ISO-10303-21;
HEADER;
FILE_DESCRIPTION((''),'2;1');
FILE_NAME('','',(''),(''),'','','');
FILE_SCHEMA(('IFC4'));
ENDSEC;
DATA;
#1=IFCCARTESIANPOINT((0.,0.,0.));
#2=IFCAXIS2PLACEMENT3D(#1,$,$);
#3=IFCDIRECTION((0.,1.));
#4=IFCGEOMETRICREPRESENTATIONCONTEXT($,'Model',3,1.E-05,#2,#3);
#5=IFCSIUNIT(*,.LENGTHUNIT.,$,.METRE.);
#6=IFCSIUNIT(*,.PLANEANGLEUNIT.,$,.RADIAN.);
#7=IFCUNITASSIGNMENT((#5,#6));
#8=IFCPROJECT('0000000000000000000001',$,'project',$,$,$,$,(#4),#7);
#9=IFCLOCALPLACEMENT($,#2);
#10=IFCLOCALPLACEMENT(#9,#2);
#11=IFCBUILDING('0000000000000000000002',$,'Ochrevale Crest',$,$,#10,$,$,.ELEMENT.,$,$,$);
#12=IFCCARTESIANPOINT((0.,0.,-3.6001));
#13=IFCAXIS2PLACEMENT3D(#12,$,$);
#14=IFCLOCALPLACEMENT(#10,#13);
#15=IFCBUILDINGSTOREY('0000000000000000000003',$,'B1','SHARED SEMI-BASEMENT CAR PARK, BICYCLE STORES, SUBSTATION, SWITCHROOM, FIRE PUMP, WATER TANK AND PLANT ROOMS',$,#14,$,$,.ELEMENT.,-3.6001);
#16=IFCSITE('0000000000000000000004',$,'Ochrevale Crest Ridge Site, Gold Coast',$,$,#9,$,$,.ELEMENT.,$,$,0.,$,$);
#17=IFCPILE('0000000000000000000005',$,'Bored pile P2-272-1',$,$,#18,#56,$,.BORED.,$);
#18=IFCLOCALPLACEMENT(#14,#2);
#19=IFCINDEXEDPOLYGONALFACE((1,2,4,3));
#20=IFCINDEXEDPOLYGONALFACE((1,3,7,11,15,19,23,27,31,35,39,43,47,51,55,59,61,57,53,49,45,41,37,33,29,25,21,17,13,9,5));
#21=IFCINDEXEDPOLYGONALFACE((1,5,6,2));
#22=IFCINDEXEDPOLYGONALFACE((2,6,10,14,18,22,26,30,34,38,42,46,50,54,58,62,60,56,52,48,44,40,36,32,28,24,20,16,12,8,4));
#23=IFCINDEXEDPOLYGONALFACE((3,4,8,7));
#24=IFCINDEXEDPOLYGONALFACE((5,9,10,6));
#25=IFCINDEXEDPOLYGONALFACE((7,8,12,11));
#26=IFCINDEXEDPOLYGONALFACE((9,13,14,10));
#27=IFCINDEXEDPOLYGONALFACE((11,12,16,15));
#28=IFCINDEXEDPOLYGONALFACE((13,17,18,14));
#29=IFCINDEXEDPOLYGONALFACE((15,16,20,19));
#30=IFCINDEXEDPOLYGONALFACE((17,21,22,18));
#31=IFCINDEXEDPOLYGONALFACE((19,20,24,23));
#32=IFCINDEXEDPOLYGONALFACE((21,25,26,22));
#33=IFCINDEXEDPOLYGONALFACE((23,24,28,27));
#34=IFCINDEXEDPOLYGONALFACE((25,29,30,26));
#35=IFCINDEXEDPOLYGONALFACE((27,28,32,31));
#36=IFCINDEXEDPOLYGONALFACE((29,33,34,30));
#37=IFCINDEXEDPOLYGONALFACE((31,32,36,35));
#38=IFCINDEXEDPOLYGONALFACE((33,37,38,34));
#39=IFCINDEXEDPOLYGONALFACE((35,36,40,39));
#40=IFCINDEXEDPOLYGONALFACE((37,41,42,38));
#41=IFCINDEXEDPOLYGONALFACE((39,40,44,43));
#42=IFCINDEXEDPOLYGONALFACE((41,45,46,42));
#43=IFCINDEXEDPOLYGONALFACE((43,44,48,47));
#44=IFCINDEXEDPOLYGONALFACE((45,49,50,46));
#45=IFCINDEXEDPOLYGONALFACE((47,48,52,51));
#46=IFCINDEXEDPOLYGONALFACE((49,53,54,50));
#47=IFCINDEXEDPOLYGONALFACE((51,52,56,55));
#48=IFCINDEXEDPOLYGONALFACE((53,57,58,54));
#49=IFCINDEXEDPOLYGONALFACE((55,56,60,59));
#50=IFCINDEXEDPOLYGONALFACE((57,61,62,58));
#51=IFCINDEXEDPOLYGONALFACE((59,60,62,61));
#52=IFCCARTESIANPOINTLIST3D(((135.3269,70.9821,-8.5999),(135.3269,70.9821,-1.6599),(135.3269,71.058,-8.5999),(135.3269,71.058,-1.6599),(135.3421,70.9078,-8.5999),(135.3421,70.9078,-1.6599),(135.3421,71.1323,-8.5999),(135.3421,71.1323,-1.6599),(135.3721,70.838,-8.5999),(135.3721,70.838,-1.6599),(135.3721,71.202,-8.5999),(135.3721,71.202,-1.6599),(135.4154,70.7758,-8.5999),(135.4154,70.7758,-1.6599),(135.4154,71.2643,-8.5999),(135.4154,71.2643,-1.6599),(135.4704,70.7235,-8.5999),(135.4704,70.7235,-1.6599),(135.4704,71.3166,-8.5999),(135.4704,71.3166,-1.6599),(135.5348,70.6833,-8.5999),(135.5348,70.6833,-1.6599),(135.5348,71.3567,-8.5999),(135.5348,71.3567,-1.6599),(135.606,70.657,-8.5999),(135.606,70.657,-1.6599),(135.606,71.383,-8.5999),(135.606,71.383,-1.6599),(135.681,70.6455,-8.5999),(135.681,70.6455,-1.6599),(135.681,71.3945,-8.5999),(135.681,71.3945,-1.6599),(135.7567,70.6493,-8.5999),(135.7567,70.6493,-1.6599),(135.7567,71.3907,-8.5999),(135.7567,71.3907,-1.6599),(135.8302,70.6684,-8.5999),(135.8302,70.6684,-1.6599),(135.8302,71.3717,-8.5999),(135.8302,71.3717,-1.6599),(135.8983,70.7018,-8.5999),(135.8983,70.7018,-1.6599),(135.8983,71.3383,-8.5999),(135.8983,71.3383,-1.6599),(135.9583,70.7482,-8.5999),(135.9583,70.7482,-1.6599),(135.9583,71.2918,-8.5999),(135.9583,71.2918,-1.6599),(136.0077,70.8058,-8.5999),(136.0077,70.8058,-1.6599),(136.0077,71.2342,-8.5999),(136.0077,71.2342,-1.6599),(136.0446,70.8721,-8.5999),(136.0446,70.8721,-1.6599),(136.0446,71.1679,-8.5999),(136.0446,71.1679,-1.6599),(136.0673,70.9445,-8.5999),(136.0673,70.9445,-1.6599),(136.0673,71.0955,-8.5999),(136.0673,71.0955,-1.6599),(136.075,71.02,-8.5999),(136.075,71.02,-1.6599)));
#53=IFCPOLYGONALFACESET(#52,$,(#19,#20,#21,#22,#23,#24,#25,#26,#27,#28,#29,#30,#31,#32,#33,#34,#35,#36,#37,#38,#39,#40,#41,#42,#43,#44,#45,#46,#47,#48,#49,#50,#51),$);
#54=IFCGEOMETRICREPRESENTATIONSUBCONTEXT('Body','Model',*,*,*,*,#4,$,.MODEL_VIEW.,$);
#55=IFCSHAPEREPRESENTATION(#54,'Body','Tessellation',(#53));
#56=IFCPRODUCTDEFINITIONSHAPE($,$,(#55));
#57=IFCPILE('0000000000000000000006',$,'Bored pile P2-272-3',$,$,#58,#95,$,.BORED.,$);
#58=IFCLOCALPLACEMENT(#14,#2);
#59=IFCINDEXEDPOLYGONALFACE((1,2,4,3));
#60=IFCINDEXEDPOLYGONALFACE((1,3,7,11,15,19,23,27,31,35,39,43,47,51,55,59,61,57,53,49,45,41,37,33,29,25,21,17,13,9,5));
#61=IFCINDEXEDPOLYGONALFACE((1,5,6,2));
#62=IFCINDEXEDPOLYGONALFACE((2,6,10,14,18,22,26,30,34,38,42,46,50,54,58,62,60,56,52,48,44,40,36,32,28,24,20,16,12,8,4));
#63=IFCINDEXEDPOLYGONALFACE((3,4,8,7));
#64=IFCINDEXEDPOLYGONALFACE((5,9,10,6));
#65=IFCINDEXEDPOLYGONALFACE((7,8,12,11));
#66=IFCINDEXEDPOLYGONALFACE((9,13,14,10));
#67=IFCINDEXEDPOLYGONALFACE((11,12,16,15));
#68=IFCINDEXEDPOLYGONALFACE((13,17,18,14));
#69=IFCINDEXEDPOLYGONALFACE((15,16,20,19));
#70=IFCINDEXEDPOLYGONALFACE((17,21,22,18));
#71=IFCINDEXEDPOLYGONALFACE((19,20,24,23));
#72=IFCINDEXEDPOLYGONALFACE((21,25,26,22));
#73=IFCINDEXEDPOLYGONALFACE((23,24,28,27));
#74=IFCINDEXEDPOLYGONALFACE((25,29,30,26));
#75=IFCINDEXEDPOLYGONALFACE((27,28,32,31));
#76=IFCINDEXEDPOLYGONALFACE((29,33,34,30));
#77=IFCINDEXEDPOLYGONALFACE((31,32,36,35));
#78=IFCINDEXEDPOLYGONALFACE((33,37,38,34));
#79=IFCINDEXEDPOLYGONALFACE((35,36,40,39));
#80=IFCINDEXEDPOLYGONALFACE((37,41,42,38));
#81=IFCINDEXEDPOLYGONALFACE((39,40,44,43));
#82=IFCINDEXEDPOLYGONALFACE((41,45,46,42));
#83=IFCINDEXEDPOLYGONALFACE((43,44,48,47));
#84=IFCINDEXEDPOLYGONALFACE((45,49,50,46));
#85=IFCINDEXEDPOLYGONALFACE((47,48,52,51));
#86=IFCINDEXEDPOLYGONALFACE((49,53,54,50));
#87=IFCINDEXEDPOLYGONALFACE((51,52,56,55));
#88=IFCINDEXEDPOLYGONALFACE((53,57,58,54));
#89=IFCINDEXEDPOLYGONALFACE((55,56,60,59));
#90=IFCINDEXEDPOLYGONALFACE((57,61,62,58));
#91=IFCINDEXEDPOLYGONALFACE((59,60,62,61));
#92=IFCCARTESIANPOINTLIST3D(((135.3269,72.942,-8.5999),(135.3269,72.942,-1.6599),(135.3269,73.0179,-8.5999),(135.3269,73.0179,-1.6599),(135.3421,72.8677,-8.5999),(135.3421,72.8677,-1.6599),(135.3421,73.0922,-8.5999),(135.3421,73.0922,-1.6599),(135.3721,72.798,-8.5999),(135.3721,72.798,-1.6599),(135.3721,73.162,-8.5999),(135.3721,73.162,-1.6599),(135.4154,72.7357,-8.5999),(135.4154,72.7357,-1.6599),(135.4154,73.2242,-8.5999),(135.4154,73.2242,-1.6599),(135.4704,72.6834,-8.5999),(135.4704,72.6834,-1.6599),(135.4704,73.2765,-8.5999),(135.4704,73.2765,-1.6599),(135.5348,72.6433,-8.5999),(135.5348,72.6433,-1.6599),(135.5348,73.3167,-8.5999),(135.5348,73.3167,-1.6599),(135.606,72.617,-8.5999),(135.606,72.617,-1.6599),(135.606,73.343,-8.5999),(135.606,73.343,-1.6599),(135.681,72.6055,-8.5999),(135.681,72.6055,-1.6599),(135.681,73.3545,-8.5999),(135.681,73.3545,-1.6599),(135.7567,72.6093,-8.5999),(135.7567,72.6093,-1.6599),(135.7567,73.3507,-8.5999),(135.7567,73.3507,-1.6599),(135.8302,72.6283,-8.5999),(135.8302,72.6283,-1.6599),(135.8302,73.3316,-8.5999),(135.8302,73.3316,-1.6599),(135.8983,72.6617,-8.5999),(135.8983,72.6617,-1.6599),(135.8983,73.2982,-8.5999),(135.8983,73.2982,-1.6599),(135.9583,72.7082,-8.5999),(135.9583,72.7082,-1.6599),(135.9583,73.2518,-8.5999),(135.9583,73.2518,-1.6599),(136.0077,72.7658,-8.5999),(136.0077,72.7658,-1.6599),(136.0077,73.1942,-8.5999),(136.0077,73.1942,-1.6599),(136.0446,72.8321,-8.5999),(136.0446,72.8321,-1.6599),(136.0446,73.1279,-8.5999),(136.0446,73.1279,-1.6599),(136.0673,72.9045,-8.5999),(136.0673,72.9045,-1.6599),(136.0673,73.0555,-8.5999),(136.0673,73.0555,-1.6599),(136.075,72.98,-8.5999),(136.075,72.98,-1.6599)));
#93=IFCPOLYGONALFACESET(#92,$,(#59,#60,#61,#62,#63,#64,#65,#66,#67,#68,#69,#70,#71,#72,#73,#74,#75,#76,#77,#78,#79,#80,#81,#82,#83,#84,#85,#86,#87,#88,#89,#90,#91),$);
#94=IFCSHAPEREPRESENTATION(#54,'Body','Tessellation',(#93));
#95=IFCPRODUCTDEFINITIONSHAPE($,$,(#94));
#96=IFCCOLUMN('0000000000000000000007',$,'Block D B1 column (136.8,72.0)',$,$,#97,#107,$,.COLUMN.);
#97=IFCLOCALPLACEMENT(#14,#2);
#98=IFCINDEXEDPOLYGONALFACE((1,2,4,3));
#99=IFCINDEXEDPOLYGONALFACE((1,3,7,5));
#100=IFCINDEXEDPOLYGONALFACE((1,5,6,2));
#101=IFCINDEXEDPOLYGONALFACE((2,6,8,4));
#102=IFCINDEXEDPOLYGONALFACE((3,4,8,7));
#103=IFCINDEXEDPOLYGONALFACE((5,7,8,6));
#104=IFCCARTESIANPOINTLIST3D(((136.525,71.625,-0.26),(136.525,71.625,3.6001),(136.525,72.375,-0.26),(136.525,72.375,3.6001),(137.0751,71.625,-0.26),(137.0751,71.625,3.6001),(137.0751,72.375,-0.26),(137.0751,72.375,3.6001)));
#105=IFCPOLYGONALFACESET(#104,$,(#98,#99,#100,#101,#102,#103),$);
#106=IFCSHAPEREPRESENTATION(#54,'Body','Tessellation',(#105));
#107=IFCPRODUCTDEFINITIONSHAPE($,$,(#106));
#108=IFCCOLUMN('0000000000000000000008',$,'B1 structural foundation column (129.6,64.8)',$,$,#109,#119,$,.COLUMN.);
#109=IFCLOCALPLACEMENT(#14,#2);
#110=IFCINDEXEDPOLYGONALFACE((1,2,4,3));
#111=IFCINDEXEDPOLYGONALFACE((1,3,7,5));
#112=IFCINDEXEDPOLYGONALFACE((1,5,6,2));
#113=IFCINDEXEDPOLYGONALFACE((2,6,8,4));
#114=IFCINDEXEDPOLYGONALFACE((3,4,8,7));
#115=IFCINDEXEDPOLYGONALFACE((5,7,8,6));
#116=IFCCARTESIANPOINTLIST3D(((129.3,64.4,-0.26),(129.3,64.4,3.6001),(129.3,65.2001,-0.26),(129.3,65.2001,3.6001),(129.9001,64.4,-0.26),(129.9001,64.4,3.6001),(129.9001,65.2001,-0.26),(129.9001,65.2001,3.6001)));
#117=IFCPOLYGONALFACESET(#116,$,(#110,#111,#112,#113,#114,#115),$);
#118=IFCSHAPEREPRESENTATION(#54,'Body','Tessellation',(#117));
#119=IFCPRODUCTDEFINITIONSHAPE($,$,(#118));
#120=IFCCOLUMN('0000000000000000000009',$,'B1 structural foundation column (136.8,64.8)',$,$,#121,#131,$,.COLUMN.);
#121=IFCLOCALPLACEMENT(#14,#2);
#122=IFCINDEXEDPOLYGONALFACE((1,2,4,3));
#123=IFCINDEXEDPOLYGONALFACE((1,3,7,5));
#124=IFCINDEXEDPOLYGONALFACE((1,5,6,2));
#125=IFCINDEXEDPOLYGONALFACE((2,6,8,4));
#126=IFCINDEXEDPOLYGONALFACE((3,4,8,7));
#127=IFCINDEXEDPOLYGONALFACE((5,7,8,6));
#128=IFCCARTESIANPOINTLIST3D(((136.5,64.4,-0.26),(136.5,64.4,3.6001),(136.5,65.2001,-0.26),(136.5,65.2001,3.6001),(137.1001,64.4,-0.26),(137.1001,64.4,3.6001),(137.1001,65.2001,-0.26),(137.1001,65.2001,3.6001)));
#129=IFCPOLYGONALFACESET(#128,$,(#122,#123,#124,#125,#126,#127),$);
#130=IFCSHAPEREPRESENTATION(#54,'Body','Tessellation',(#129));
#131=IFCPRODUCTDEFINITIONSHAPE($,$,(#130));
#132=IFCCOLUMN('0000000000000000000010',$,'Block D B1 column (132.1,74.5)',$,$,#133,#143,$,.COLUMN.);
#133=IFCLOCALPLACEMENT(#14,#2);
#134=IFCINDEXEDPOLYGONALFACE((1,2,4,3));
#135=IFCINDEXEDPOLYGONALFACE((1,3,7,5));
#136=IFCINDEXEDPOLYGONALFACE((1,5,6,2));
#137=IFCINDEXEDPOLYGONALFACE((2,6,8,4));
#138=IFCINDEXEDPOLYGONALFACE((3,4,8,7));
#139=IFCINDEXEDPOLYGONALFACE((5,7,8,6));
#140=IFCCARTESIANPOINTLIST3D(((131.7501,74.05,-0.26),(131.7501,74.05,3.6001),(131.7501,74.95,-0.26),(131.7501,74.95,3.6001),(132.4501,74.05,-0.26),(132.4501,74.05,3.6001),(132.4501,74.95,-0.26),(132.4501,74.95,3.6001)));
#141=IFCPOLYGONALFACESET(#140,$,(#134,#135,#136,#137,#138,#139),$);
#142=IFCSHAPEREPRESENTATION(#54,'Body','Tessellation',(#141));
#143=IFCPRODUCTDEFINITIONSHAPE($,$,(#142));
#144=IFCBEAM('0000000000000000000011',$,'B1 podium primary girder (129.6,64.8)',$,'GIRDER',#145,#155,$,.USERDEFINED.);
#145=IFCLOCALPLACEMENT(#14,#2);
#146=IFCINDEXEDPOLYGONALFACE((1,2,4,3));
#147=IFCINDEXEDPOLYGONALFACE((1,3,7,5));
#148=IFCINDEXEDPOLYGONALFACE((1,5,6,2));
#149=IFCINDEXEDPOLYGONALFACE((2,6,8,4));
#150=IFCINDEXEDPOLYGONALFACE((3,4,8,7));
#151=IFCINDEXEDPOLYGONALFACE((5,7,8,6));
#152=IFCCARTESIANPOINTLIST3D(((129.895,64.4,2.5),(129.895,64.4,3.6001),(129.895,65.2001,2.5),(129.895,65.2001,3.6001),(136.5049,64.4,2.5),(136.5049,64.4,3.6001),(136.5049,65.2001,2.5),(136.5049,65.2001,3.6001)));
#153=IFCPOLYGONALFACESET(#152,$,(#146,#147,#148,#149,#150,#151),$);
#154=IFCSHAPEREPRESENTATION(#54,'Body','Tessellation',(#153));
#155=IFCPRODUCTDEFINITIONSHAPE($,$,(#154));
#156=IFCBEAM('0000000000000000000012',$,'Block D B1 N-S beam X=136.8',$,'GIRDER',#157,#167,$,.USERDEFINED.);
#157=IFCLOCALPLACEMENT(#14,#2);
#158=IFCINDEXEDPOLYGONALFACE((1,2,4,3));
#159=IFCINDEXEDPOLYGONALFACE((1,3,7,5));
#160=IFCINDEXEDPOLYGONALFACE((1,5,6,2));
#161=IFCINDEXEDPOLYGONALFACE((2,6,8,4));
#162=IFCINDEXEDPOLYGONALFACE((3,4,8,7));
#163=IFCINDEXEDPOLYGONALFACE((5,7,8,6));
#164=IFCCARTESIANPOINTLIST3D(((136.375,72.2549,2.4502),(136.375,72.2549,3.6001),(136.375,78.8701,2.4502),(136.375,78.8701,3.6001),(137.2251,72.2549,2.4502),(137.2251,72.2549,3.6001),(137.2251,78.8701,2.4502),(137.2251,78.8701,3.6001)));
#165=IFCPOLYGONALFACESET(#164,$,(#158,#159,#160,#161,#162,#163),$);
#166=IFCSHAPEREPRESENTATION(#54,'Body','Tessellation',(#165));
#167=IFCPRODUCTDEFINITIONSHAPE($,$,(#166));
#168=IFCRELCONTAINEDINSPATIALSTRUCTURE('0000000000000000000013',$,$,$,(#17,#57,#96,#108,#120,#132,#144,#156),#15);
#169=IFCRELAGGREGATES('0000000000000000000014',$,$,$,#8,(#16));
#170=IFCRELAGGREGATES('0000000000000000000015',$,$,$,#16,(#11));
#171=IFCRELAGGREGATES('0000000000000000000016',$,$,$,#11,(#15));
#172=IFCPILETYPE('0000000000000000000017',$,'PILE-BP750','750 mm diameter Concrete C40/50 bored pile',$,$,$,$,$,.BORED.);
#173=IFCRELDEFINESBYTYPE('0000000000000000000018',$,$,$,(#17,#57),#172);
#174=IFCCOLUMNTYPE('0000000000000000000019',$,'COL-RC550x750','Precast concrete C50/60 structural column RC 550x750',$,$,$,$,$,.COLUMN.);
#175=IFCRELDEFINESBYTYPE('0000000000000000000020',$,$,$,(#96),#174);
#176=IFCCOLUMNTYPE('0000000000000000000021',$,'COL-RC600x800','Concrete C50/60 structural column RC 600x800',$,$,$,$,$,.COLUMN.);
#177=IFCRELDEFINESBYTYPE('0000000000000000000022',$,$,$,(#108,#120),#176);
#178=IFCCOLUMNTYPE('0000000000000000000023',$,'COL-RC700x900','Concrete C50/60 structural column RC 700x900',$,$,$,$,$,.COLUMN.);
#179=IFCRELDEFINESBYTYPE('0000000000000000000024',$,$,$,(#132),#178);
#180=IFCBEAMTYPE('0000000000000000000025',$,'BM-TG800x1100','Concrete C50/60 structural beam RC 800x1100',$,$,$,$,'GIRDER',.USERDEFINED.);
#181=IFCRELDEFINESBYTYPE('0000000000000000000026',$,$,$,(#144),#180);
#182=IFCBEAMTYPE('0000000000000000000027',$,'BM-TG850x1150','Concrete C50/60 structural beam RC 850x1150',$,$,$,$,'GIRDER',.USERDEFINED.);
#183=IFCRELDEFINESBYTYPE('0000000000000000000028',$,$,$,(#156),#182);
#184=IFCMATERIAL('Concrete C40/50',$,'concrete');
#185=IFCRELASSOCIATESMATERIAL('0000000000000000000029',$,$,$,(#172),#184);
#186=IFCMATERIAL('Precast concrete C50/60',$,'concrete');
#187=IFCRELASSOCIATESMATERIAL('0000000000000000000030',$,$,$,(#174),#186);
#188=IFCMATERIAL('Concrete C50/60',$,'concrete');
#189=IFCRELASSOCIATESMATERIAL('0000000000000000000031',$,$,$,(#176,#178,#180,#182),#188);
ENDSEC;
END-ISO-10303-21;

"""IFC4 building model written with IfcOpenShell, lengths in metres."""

from ifc_helpers import new_model, si_unit, direction, frame, origin, origin_2d, place, context, subcontext, project, spatial, rectangle, circle, extrude, material, material_profile, profile_set, type_object, element, save


model = new_model("IFC4")

# Units and contexts
model_context = context("Model", 3, precision=1e-05, world=origin(), true_north=direction((0.0, 1.0)))
body_context = subcontext(model_context, "Body", "Model", "MODEL_VIEW")
ifc_project = project(units=[si_unit("LENGTHUNIT", "METRE"), si_unit("PLANEANGLEUNIT", "RADIAN")], contexts=[model_context])

# Site, building, storey
site_placement = place(None, origin())
site = spatial("IfcSite", under=ifc_project, at=site_placement, Name="Ochrevale Crest Ridge Site, Gold Coast", CompositionType="ELEMENT", RefElevation=0.0)
building_placement = place(site_placement, origin())
building = spatial("IfcBuilding", under=site, at=building_placement, Name="Ochrevale Crest", CompositionType="ELEMENT")
storey_placement = place(building_placement, frame((0.0, 0.0, -3.6001)))
storey = spatial("IfcBuildingStorey", under=building, at=storey_placement, Name="B1", Description="SHARED SEMI-BASEMENT CAR PARK, BICYCLE STORES, SUBSTATION, SWITCHROOM, FIRE PUMP, WATER TANK AND PLANT ROOMS", CompositionType="ELEMENT", Elevation=-3.6001)

# Shared definitions
ifc_material_1 = material(Name="Concrete C40/50", Category="concrete")

# Piles
ifc_material_profile_1 = material_profile(ifc_material_1, circle(Radius=0.375, at=origin_2d()), Name="BORED PILE 750")
ifc_profile_set_1 = profile_set([ifc_material_profile_1], Name="Concrete C40/50")
pile_type_1 = type_object("IfcPileType", Name="PILE-BP750", Description="750 mm diameter Concrete C40/50 bored pile", PredefinedType="BORED", material=ifc_profile_set_1)
for number, where, z_axis, x_axis, name in (
    (1, (135.7, 71.02, -1.6599), (0.0, 0.0, -1.0), (1.0, 0.0, 0.0), "Bored pile P2-272-1"),
    (2, (135.7, 72.98, -1.6599), (0.0, 0.0, -1.0), (1.0, 0.0, 0.0), "Bored pile P2-272-3"),
):
    element("IfcPile", number, at=place(storey_placement, frame(where, z_axis=z_axis, x_axis=x_axis)), inside=storey, type_object=pile_type_1, Name=name, PredefinedType="BORED", context=body_context, shape_type="SweptSolid", body=[
        extrude(circle(Radius=0.375, at=origin_2d()), origin(), (0.0, 0.0, 1.0), 6.9399),
    ])

# Columns
ifc_material_2 = material(Name="Precast concrete C50/60", Category="concrete")
ifc_material_profile_2 = material_profile(ifc_material_2, rectangle(XDim=0.55, YDim=0.75, at=origin_2d()), Name="RC 550x750")
ifc_profile_set_2 = profile_set([ifc_material_profile_2], Name="Precast concrete C50/60")
column_type_1 = type_object("IfcColumnType", Name="COL-RC550x750", Description="Precast concrete C50/60 structural column RC 550x750", PredefinedType="COLUMN", material=ifc_profile_set_2)
column_1_placement = place(storey_placement, frame((136.8, 72.0, -0.26), z_axis=(0.0, 0.0, 1.0), x_axis=(1.0, 0.0, 0.0)))
element("IfcColumn", 3, at=column_1_placement, inside=storey, type_object=column_type_1, Name="Block D B1 column (136.8,72.0)", PredefinedType="COLUMN", context=body_context, shape_type="SweptSolid", body=[
    extrude(rectangle(XDim=0.55, YDim=0.75, at=origin_2d()), origin(), (0.0, 0.0, 1.0), 3.8601),
])
ifc_material_3 = material(Name="Concrete C50/60", Category="concrete")
ifc_material_profile_3 = material_profile(ifc_material_3, rectangle(XDim=0.6001, YDim=0.8, at=origin_2d()), Name="RC 600x800")
ifc_profile_set_3 = profile_set([ifc_material_profile_3], Name="Concrete C50/60")
column_type_2 = type_object("IfcColumnType", Name="COL-RC600x800", Description="Concrete C50/60 structural column RC 600x800", PredefinedType="COLUMN", material=ifc_profile_set_3)
for number, where, z_axis, x_axis, name in (
    (4, (129.6001, 64.8, -0.26), (0.0, 0.0, 1.0), (1.0, 0.0, 0.0), "B1 structural foundation column (129.6,64.8)"),
    (5, (136.8, 64.8, -0.26), (0.0, 0.0, 1.0), (1.0, 0.0, 0.0), "B1 structural foundation column (136.8,64.8)"),
):
    element("IfcColumn", number, at=place(storey_placement, frame(where, z_axis=z_axis, x_axis=x_axis)), inside=storey, type_object=column_type_2, Name=name, PredefinedType="COLUMN", context=body_context, shape_type="SweptSolid", body=[
        extrude(rectangle(XDim=0.6001, YDim=0.8, at=origin_2d()), origin(), (0.0, 0.0, 1.0), 3.8601),
    ])
ifc_material_profile_4 = material_profile(ifc_material_3, rectangle(XDim=0.7, YDim=0.8999, at=origin_2d()), Name="RC 700x900")
ifc_profile_set_4 = profile_set([ifc_material_profile_4], Name="Concrete C50/60")
column_type_3 = type_object("IfcColumnType", Name="COL-RC700x900", Description="Concrete C50/60 structural column RC 700x900", PredefinedType="COLUMN", material=ifc_profile_set_4)
column_2_placement = place(storey_placement, frame((132.1001, 74.5, -0.26), z_axis=(0.0, 0.0, 1.0), x_axis=(1.0, 0.0, 0.0)))
element("IfcColumn", 6, at=column_2_placement, inside=storey, type_object=column_type_3, Name="Block D B1 column (132.1,74.5)", PredefinedType="COLUMN", context=body_context, shape_type="SweptSolid", body=[
    extrude(rectangle(XDim=0.7, YDim=0.8999, at=origin_2d()), origin(), (0.0, 0.0, 1.0), 3.8601),
])

# Beams
ifc_material_profile_5 = material_profile(ifc_material_3, rectangle(XDim=0.8, YDim=1.1001, at=origin_2d()), Name="RC 800x1100")
ifc_profile_set_5 = profile_set([ifc_material_profile_5], Name="Concrete C50/60")
beam_type_1 = type_object("IfcBeamType", Name="BM-TG800x1100", Description="Concrete C50/60 structural beam RC 800x1100", ElementType="GIRDER", PredefinedType="USERDEFINED", material=ifc_profile_set_5)
beam_1_placement = place(storey_placement, frame((129.895, 64.8, 3.05), z_axis=(1.0, 0.0, 0.0), x_axis=(0.0, 1.0, 0.0)))
element("IfcBeam", 7, at=beam_1_placement, inside=storey, type_object=beam_type_1, Name="B1 podium primary girder (129.6,64.8)", ObjectType="GIRDER", PredefinedType="USERDEFINED", context=body_context, shape_type="SweptSolid", body=[
    extrude(rectangle(XDim=0.8, YDim=1.1001, at=origin_2d()), origin(), (0.0, 0.0, 1.0), 6.6099),
])
ifc_material_profile_6 = material_profile(ifc_material_3, rectangle(XDim=0.8501, YDim=1.1499, at=origin_2d()), Name="RC 850x1150")
ifc_profile_set_6 = profile_set([ifc_material_profile_6], Name="Concrete C50/60")
beam_type_2 = type_object("IfcBeamType", Name="BM-TG850x1150", Description="Concrete C50/60 structural beam RC 850x1150", ElementType="GIRDER", PredefinedType="USERDEFINED", material=ifc_profile_set_6)
beam_2_placement = place(storey_placement, frame((136.8, 72.2549, 3.0251), z_axis=(0.0, 1.0, 0.0), x_axis=(-1.0, 0.0, 0.0)))
element("IfcBeam", 8, at=beam_2_placement, inside=storey, type_object=beam_type_2, Name="Block D B1 N-S beam X=136.8", ObjectType="GIRDER", PredefinedType="USERDEFINED", context=body_context, shape_type="SweptSolid", body=[
    extrude(rectangle(XDim=0.8501, YDim=1.1499, at=origin_2d()), origin(), (0.0, 0.0, 1.0), 6.6152),
])

save(model, "model.ifc")
